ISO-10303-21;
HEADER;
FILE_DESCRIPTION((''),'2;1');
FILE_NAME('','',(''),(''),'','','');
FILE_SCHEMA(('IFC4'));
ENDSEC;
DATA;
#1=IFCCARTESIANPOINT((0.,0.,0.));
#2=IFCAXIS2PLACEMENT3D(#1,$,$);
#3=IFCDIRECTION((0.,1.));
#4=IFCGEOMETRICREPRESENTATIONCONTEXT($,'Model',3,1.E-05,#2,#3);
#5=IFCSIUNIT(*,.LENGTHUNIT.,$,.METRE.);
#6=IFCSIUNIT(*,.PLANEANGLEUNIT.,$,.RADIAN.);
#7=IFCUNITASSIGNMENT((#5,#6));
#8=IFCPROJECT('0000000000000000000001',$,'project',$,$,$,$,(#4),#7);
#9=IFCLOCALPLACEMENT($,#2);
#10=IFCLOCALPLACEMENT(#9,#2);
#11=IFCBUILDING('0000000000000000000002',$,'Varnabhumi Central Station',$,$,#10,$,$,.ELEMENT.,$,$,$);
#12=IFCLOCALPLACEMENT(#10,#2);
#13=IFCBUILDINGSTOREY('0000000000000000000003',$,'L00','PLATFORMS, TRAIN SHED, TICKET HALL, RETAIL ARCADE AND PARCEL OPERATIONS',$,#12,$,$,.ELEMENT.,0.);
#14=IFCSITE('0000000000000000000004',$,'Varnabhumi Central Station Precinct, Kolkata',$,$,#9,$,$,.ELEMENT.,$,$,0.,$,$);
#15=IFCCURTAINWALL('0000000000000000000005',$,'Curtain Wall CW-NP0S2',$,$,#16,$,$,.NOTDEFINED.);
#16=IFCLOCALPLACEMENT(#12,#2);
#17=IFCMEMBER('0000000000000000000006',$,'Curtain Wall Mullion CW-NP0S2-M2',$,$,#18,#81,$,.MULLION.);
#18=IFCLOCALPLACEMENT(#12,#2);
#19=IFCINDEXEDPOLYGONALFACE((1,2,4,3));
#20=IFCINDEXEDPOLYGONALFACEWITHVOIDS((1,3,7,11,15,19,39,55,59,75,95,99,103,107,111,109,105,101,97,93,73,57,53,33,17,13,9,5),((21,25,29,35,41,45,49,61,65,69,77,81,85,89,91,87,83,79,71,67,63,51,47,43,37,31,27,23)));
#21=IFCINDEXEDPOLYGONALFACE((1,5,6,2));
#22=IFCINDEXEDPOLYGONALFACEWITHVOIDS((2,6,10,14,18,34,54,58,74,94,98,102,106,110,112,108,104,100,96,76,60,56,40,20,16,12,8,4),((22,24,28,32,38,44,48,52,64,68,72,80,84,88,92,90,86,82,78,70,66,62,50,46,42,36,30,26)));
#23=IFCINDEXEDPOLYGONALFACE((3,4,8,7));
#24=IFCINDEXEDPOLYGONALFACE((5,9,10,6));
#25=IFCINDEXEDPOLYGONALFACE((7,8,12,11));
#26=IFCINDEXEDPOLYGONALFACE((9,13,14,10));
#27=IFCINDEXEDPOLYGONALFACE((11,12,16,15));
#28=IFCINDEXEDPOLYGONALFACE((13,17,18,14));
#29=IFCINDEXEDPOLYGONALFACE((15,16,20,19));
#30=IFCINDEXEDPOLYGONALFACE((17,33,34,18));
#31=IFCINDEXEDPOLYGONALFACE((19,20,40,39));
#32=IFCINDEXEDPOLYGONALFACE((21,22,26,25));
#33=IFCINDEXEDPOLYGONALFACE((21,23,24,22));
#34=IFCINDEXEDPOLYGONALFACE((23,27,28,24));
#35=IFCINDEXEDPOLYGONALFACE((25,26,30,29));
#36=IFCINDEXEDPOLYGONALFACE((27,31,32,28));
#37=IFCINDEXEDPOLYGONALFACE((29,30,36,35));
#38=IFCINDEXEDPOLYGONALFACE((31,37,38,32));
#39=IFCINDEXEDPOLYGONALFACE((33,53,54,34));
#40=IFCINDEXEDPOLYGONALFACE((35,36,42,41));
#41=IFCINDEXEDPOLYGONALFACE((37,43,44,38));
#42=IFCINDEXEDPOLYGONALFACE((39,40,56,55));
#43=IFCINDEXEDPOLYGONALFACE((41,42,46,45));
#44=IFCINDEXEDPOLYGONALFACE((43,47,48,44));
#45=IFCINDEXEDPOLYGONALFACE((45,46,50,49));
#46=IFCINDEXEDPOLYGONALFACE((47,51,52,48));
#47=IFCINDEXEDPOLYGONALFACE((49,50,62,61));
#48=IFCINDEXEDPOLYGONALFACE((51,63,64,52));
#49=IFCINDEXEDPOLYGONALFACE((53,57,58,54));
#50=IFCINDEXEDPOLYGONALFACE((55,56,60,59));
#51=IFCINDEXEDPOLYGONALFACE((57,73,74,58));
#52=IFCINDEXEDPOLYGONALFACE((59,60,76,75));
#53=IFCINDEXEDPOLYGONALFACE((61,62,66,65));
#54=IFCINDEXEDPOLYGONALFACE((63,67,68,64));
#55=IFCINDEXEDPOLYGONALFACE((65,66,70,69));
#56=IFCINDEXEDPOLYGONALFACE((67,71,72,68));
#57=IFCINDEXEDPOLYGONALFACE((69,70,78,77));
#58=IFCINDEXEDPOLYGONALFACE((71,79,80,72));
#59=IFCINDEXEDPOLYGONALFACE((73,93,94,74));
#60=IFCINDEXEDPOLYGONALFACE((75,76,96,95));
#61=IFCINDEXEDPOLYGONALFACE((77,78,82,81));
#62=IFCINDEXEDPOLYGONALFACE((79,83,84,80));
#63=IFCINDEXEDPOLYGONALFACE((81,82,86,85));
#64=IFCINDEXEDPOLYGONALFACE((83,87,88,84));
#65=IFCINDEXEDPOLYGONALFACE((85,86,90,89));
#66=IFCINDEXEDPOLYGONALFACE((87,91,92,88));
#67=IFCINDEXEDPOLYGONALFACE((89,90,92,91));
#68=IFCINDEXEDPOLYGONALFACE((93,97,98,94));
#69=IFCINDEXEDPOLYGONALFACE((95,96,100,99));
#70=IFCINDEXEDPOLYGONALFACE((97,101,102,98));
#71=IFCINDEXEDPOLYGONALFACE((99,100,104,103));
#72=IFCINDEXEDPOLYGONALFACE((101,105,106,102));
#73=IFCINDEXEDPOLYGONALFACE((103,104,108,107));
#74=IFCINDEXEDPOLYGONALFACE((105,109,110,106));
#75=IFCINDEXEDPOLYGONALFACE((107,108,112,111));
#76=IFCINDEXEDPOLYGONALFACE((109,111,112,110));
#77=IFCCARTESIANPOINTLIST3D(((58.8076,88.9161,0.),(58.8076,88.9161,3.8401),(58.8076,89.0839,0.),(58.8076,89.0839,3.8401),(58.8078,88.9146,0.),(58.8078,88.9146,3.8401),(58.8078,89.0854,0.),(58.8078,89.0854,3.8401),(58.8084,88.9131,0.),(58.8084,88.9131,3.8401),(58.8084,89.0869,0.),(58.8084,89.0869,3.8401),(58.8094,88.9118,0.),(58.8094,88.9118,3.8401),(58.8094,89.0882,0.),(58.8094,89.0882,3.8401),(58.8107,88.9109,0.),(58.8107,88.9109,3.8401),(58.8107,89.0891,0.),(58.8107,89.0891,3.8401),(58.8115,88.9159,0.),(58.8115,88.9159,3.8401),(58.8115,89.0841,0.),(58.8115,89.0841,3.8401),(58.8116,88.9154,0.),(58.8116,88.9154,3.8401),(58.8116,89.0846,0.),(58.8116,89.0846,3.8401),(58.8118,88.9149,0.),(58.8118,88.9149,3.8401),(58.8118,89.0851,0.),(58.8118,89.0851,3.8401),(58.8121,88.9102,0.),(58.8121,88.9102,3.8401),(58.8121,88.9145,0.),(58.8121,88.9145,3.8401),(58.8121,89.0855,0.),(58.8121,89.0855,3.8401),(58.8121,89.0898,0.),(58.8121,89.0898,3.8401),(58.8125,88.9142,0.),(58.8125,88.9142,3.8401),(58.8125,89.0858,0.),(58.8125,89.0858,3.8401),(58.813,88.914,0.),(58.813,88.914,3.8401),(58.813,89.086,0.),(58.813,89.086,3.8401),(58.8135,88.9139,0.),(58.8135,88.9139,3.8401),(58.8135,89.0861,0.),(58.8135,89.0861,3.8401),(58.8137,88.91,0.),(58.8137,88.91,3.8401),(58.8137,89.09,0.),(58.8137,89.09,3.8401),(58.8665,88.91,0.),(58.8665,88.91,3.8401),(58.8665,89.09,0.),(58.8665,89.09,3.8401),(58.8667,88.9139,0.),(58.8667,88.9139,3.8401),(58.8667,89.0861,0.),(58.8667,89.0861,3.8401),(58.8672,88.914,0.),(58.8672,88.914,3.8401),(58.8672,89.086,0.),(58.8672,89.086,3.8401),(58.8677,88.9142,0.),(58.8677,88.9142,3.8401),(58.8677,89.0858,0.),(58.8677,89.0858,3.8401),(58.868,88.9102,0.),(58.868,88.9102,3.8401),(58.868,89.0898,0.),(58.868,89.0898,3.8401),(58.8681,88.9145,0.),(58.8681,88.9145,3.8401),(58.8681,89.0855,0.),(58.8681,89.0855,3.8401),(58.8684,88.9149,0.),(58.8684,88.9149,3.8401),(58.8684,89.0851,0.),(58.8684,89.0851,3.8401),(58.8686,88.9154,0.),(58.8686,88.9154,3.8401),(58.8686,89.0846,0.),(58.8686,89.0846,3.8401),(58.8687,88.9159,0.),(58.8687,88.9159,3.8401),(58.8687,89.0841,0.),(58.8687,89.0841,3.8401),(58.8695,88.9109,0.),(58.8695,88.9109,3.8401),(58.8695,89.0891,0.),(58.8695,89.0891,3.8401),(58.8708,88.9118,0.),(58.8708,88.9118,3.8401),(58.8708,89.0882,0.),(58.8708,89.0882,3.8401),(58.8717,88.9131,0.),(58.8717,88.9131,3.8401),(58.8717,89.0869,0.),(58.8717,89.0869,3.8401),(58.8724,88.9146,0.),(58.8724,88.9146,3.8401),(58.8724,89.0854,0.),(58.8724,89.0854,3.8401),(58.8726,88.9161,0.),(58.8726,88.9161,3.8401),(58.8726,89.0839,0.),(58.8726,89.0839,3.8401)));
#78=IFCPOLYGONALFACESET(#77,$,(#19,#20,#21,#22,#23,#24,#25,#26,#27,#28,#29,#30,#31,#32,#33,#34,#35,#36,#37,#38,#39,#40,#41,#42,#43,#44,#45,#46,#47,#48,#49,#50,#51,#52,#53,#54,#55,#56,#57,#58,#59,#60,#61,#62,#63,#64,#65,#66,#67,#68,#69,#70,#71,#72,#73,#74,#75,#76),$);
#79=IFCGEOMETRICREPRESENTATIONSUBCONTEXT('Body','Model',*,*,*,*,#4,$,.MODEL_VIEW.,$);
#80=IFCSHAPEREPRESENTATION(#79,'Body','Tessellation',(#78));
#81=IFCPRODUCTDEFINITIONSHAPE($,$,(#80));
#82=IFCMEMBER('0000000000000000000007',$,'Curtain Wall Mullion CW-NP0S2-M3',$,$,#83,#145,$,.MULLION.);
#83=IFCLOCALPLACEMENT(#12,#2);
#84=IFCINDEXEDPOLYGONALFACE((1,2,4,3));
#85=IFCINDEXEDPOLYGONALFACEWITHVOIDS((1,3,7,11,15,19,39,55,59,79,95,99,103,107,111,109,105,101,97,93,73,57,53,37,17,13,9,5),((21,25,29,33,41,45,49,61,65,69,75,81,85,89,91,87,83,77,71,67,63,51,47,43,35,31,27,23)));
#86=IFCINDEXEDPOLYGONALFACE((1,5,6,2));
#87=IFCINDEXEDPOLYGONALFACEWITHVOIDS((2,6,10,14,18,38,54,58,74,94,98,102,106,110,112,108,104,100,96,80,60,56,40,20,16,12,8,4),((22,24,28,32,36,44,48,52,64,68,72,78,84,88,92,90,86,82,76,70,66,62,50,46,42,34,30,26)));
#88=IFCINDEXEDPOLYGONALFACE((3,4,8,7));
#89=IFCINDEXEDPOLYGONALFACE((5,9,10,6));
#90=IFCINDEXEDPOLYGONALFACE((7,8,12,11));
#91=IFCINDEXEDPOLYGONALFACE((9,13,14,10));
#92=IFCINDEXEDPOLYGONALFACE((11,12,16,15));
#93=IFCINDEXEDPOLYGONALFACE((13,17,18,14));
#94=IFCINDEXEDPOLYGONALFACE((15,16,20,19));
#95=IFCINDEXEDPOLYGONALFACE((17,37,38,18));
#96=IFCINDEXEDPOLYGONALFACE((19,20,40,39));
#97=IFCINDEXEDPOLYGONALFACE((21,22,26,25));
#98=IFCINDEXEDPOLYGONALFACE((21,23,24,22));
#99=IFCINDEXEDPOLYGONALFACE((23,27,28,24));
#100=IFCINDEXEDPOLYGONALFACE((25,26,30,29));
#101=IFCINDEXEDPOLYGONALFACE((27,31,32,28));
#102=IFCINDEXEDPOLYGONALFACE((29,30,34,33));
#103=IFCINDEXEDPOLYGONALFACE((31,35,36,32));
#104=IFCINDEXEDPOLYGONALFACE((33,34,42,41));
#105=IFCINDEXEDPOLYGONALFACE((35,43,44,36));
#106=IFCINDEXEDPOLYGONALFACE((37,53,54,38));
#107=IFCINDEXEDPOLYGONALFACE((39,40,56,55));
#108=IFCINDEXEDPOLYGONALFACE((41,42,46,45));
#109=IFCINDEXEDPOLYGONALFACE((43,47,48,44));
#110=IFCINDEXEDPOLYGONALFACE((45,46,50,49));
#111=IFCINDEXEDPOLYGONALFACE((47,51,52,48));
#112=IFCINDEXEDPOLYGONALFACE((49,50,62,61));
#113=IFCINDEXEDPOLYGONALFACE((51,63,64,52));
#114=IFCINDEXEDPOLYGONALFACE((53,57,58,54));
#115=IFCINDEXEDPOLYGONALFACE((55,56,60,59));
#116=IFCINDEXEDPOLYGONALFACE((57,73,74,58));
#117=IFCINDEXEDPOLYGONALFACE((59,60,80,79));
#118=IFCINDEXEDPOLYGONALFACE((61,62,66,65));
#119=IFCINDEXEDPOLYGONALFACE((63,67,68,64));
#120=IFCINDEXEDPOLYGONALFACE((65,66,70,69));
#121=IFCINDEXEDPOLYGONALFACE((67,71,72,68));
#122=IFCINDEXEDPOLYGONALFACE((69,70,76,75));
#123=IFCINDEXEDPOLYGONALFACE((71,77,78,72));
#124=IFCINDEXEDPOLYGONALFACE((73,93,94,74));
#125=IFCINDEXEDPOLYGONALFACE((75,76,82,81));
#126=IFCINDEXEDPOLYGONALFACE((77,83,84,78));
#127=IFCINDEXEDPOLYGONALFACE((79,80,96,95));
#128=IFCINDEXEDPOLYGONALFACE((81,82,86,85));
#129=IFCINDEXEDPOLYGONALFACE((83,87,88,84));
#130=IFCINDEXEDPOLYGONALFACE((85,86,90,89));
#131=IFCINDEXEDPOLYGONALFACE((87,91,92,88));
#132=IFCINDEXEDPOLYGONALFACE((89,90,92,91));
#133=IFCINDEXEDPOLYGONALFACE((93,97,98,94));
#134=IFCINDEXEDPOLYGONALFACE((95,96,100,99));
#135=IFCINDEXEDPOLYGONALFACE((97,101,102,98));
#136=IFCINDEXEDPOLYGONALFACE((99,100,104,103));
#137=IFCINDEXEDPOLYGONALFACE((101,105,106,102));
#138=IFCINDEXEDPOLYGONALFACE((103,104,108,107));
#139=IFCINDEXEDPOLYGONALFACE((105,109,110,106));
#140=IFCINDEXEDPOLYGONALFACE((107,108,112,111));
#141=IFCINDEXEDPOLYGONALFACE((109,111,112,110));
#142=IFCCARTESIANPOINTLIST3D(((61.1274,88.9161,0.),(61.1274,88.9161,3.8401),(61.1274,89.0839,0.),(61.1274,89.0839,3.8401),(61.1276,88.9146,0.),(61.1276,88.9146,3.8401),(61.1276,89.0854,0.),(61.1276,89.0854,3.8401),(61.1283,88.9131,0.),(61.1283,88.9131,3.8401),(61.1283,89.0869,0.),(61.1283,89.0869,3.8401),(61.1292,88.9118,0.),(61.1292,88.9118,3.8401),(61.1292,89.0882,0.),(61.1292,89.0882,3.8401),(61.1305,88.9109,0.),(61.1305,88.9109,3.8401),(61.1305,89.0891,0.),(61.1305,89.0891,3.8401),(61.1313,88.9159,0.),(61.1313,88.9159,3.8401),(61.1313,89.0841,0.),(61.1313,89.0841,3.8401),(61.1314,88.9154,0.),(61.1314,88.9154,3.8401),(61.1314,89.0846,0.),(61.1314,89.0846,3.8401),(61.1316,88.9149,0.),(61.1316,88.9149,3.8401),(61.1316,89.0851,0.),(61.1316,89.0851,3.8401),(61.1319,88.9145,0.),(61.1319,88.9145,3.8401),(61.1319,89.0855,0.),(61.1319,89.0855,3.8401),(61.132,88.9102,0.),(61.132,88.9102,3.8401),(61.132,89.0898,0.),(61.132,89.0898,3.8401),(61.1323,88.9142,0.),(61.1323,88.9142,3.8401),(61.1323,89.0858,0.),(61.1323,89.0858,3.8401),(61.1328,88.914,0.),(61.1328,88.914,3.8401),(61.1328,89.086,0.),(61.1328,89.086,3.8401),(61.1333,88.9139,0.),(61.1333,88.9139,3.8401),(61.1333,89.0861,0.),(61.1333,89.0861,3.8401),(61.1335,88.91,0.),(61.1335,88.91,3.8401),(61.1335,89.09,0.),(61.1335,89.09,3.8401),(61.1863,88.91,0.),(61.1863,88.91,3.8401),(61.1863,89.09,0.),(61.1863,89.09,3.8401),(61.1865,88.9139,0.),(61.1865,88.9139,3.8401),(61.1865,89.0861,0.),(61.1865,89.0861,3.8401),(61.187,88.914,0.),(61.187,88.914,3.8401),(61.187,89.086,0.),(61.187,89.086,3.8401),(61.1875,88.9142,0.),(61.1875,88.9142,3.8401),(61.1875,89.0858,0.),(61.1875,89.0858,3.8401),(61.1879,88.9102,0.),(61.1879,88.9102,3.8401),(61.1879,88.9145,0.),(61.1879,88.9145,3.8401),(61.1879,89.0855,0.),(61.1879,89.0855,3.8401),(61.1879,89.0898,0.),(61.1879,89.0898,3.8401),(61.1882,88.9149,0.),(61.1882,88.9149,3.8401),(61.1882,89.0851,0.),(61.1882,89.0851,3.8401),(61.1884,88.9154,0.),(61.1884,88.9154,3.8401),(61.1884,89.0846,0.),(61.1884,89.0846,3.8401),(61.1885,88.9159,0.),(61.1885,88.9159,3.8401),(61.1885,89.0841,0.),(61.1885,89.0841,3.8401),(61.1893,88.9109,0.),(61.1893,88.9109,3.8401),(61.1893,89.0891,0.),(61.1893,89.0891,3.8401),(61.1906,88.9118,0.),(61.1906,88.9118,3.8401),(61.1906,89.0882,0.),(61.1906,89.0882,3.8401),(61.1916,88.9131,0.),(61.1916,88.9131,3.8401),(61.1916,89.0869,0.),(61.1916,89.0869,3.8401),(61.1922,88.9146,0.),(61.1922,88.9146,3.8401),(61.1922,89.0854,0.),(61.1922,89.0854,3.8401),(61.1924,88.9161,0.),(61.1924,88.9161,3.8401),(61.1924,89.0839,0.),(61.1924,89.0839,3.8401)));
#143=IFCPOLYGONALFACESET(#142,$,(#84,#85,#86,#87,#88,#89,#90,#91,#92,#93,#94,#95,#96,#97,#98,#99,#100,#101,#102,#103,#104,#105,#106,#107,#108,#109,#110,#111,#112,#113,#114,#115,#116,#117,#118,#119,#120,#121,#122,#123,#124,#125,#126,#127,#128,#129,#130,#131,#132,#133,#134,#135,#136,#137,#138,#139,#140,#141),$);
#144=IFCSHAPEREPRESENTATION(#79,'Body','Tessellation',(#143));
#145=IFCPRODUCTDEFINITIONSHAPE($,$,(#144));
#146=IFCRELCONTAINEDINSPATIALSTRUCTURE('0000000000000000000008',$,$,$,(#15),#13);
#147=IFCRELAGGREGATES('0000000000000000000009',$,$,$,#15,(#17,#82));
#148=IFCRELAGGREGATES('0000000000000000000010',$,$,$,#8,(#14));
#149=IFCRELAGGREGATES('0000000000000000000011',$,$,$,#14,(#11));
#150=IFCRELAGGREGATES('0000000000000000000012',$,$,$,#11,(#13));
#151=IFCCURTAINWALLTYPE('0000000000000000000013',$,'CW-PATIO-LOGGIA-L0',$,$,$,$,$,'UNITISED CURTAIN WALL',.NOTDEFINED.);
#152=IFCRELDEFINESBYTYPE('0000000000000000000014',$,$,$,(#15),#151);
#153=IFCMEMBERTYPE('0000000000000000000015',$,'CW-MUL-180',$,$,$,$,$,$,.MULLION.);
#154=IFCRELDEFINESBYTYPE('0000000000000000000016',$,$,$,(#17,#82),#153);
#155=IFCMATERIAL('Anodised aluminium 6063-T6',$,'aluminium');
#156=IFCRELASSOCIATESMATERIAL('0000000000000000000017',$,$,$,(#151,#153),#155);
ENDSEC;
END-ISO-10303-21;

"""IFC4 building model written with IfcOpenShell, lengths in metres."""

from ifc_helpers import new_model, si_unit, direction, frame, origin, origin_2d, place, context, subcontext, project, spatial, hollow_rectangle, extrude, material, material_profile, profile_set, type_object, element, aggregate, save


model = new_model("IFC4")

# Units and contexts
model_context = context("Model", 3, precision=1e-05, world=origin(), true_north=direction((0.0, 1.0)))
body_context = subcontext(model_context, "Body", "Model", "MODEL_VIEW")
ifc_project = project(units=[si_unit("LENGTHUNIT", "METRE"), si_unit("PLANEANGLEUNIT", "RADIAN")], contexts=[model_context])

# Site, building, storey
site_placement = place(None, origin())
site = spatial("IfcSite", under=ifc_project, at=site_placement, Name="Varnabhumi Central Station Precinct, Kolkata", CompositionType="ELEMENT", RefElevation=0.0)
building_placement = place(site_placement, origin())
building = spatial("IfcBuilding", under=site, at=building_placement, Name="Varnabhumi Central Station", CompositionType="ELEMENT")
storey_placement = place(building_placement, origin())
storey = spatial("IfcBuildingStorey", under=building, at=storey_placement, Name="L00", Description="PLATFORMS, TRAIN SHED, TICKET HALL, RETAIL ARCADE AND PARCEL OPERATIONS", CompositionType="ELEMENT", Elevation=0.0)

# Shared definitions
ifc_material_1 = material(Name="Anodised aluminium 6063-T6", Category="aluminium")
curtain_wall_type = type_object("IfcCurtainWallType", Name="CW-PATIO-LOGGIA-L0", ElementType="UNITISED CURTAIN WALL", PredefinedType="NOTDEFINED", material=ifc_material_1)
ifc_material_profile_1 = material_profile(ifc_material_1, hollow_rectangle(XDim=0.0649, YDim=0.1799, WallThickness=0.0039, InnerFilletRadius=0.002, OuterFilletRadius=0.0061, at=origin_2d()), Name="Anodised aluminium 6063-T6", Category="aluminium")
ifc_profile_set_1 = profile_set([ifc_material_profile_1], Name="Anodised aluminium 6063-T6")
member_type_1 = type_object("IfcMemberType", Name="CW-MUL-180", PredefinedType="MULLION", material=ifc_profile_set_1)

# Curtain wall, members
curtain_wall_1_placement = place(storey_placement, origin())
curtain_wall_1 = element("IfcCurtainWall", 1, at=curtain_wall_1_placement, inside=storey, type_object=curtain_wall_type, Name="Curtain Wall CW-NP0S2", PredefinedType="NOTDEFINED")
member_1_placement = place(storey_placement, frame((58.8401, 89.0, 0.0), z_axis=(0.0, 0.0, 1.0), x_axis=(1.0, 0.0, 0.0)))
member_1 = element("IfcMember", 2, at=member_1_placement, type_object=member_type_1, Name="Curtain Wall Mullion CW-NP0S2-M2", PredefinedType="MULLION", context=body_context, shape_type="SweptSolid", body=[
    extrude(hollow_rectangle(XDim=0.0649, YDim=0.1799, WallThickness=0.0039, InnerFilletRadius=0.002, OuterFilletRadius=0.0061, at=origin_2d()), origin(), (0.0, 0.0, 1.0), 3.8401),
])
member_2_placement = place(storey_placement, frame((61.1599, 89.0, 0.0), z_axis=(0.0, 0.0, 1.0), x_axis=(1.0, 0.0, 0.0)))
member_2 = element("IfcMember", 3, at=member_2_placement, type_object=member_type_1, Name="Curtain Wall Mullion CW-NP0S2-M3", PredefinedType="MULLION", context=body_context, shape_type="SweptSolid", body=[
    extrude(hollow_rectangle(XDim=0.0649, YDim=0.1799, WallThickness=0.0039, InnerFilletRadius=0.002, OuterFilletRadius=0.0061, at=origin_2d()), origin(), (0.0, 0.0, 1.0), 3.8401),
])

aggregate(curtain_wall_1, [member_1, member_2])

save(model, "model.ifc")
